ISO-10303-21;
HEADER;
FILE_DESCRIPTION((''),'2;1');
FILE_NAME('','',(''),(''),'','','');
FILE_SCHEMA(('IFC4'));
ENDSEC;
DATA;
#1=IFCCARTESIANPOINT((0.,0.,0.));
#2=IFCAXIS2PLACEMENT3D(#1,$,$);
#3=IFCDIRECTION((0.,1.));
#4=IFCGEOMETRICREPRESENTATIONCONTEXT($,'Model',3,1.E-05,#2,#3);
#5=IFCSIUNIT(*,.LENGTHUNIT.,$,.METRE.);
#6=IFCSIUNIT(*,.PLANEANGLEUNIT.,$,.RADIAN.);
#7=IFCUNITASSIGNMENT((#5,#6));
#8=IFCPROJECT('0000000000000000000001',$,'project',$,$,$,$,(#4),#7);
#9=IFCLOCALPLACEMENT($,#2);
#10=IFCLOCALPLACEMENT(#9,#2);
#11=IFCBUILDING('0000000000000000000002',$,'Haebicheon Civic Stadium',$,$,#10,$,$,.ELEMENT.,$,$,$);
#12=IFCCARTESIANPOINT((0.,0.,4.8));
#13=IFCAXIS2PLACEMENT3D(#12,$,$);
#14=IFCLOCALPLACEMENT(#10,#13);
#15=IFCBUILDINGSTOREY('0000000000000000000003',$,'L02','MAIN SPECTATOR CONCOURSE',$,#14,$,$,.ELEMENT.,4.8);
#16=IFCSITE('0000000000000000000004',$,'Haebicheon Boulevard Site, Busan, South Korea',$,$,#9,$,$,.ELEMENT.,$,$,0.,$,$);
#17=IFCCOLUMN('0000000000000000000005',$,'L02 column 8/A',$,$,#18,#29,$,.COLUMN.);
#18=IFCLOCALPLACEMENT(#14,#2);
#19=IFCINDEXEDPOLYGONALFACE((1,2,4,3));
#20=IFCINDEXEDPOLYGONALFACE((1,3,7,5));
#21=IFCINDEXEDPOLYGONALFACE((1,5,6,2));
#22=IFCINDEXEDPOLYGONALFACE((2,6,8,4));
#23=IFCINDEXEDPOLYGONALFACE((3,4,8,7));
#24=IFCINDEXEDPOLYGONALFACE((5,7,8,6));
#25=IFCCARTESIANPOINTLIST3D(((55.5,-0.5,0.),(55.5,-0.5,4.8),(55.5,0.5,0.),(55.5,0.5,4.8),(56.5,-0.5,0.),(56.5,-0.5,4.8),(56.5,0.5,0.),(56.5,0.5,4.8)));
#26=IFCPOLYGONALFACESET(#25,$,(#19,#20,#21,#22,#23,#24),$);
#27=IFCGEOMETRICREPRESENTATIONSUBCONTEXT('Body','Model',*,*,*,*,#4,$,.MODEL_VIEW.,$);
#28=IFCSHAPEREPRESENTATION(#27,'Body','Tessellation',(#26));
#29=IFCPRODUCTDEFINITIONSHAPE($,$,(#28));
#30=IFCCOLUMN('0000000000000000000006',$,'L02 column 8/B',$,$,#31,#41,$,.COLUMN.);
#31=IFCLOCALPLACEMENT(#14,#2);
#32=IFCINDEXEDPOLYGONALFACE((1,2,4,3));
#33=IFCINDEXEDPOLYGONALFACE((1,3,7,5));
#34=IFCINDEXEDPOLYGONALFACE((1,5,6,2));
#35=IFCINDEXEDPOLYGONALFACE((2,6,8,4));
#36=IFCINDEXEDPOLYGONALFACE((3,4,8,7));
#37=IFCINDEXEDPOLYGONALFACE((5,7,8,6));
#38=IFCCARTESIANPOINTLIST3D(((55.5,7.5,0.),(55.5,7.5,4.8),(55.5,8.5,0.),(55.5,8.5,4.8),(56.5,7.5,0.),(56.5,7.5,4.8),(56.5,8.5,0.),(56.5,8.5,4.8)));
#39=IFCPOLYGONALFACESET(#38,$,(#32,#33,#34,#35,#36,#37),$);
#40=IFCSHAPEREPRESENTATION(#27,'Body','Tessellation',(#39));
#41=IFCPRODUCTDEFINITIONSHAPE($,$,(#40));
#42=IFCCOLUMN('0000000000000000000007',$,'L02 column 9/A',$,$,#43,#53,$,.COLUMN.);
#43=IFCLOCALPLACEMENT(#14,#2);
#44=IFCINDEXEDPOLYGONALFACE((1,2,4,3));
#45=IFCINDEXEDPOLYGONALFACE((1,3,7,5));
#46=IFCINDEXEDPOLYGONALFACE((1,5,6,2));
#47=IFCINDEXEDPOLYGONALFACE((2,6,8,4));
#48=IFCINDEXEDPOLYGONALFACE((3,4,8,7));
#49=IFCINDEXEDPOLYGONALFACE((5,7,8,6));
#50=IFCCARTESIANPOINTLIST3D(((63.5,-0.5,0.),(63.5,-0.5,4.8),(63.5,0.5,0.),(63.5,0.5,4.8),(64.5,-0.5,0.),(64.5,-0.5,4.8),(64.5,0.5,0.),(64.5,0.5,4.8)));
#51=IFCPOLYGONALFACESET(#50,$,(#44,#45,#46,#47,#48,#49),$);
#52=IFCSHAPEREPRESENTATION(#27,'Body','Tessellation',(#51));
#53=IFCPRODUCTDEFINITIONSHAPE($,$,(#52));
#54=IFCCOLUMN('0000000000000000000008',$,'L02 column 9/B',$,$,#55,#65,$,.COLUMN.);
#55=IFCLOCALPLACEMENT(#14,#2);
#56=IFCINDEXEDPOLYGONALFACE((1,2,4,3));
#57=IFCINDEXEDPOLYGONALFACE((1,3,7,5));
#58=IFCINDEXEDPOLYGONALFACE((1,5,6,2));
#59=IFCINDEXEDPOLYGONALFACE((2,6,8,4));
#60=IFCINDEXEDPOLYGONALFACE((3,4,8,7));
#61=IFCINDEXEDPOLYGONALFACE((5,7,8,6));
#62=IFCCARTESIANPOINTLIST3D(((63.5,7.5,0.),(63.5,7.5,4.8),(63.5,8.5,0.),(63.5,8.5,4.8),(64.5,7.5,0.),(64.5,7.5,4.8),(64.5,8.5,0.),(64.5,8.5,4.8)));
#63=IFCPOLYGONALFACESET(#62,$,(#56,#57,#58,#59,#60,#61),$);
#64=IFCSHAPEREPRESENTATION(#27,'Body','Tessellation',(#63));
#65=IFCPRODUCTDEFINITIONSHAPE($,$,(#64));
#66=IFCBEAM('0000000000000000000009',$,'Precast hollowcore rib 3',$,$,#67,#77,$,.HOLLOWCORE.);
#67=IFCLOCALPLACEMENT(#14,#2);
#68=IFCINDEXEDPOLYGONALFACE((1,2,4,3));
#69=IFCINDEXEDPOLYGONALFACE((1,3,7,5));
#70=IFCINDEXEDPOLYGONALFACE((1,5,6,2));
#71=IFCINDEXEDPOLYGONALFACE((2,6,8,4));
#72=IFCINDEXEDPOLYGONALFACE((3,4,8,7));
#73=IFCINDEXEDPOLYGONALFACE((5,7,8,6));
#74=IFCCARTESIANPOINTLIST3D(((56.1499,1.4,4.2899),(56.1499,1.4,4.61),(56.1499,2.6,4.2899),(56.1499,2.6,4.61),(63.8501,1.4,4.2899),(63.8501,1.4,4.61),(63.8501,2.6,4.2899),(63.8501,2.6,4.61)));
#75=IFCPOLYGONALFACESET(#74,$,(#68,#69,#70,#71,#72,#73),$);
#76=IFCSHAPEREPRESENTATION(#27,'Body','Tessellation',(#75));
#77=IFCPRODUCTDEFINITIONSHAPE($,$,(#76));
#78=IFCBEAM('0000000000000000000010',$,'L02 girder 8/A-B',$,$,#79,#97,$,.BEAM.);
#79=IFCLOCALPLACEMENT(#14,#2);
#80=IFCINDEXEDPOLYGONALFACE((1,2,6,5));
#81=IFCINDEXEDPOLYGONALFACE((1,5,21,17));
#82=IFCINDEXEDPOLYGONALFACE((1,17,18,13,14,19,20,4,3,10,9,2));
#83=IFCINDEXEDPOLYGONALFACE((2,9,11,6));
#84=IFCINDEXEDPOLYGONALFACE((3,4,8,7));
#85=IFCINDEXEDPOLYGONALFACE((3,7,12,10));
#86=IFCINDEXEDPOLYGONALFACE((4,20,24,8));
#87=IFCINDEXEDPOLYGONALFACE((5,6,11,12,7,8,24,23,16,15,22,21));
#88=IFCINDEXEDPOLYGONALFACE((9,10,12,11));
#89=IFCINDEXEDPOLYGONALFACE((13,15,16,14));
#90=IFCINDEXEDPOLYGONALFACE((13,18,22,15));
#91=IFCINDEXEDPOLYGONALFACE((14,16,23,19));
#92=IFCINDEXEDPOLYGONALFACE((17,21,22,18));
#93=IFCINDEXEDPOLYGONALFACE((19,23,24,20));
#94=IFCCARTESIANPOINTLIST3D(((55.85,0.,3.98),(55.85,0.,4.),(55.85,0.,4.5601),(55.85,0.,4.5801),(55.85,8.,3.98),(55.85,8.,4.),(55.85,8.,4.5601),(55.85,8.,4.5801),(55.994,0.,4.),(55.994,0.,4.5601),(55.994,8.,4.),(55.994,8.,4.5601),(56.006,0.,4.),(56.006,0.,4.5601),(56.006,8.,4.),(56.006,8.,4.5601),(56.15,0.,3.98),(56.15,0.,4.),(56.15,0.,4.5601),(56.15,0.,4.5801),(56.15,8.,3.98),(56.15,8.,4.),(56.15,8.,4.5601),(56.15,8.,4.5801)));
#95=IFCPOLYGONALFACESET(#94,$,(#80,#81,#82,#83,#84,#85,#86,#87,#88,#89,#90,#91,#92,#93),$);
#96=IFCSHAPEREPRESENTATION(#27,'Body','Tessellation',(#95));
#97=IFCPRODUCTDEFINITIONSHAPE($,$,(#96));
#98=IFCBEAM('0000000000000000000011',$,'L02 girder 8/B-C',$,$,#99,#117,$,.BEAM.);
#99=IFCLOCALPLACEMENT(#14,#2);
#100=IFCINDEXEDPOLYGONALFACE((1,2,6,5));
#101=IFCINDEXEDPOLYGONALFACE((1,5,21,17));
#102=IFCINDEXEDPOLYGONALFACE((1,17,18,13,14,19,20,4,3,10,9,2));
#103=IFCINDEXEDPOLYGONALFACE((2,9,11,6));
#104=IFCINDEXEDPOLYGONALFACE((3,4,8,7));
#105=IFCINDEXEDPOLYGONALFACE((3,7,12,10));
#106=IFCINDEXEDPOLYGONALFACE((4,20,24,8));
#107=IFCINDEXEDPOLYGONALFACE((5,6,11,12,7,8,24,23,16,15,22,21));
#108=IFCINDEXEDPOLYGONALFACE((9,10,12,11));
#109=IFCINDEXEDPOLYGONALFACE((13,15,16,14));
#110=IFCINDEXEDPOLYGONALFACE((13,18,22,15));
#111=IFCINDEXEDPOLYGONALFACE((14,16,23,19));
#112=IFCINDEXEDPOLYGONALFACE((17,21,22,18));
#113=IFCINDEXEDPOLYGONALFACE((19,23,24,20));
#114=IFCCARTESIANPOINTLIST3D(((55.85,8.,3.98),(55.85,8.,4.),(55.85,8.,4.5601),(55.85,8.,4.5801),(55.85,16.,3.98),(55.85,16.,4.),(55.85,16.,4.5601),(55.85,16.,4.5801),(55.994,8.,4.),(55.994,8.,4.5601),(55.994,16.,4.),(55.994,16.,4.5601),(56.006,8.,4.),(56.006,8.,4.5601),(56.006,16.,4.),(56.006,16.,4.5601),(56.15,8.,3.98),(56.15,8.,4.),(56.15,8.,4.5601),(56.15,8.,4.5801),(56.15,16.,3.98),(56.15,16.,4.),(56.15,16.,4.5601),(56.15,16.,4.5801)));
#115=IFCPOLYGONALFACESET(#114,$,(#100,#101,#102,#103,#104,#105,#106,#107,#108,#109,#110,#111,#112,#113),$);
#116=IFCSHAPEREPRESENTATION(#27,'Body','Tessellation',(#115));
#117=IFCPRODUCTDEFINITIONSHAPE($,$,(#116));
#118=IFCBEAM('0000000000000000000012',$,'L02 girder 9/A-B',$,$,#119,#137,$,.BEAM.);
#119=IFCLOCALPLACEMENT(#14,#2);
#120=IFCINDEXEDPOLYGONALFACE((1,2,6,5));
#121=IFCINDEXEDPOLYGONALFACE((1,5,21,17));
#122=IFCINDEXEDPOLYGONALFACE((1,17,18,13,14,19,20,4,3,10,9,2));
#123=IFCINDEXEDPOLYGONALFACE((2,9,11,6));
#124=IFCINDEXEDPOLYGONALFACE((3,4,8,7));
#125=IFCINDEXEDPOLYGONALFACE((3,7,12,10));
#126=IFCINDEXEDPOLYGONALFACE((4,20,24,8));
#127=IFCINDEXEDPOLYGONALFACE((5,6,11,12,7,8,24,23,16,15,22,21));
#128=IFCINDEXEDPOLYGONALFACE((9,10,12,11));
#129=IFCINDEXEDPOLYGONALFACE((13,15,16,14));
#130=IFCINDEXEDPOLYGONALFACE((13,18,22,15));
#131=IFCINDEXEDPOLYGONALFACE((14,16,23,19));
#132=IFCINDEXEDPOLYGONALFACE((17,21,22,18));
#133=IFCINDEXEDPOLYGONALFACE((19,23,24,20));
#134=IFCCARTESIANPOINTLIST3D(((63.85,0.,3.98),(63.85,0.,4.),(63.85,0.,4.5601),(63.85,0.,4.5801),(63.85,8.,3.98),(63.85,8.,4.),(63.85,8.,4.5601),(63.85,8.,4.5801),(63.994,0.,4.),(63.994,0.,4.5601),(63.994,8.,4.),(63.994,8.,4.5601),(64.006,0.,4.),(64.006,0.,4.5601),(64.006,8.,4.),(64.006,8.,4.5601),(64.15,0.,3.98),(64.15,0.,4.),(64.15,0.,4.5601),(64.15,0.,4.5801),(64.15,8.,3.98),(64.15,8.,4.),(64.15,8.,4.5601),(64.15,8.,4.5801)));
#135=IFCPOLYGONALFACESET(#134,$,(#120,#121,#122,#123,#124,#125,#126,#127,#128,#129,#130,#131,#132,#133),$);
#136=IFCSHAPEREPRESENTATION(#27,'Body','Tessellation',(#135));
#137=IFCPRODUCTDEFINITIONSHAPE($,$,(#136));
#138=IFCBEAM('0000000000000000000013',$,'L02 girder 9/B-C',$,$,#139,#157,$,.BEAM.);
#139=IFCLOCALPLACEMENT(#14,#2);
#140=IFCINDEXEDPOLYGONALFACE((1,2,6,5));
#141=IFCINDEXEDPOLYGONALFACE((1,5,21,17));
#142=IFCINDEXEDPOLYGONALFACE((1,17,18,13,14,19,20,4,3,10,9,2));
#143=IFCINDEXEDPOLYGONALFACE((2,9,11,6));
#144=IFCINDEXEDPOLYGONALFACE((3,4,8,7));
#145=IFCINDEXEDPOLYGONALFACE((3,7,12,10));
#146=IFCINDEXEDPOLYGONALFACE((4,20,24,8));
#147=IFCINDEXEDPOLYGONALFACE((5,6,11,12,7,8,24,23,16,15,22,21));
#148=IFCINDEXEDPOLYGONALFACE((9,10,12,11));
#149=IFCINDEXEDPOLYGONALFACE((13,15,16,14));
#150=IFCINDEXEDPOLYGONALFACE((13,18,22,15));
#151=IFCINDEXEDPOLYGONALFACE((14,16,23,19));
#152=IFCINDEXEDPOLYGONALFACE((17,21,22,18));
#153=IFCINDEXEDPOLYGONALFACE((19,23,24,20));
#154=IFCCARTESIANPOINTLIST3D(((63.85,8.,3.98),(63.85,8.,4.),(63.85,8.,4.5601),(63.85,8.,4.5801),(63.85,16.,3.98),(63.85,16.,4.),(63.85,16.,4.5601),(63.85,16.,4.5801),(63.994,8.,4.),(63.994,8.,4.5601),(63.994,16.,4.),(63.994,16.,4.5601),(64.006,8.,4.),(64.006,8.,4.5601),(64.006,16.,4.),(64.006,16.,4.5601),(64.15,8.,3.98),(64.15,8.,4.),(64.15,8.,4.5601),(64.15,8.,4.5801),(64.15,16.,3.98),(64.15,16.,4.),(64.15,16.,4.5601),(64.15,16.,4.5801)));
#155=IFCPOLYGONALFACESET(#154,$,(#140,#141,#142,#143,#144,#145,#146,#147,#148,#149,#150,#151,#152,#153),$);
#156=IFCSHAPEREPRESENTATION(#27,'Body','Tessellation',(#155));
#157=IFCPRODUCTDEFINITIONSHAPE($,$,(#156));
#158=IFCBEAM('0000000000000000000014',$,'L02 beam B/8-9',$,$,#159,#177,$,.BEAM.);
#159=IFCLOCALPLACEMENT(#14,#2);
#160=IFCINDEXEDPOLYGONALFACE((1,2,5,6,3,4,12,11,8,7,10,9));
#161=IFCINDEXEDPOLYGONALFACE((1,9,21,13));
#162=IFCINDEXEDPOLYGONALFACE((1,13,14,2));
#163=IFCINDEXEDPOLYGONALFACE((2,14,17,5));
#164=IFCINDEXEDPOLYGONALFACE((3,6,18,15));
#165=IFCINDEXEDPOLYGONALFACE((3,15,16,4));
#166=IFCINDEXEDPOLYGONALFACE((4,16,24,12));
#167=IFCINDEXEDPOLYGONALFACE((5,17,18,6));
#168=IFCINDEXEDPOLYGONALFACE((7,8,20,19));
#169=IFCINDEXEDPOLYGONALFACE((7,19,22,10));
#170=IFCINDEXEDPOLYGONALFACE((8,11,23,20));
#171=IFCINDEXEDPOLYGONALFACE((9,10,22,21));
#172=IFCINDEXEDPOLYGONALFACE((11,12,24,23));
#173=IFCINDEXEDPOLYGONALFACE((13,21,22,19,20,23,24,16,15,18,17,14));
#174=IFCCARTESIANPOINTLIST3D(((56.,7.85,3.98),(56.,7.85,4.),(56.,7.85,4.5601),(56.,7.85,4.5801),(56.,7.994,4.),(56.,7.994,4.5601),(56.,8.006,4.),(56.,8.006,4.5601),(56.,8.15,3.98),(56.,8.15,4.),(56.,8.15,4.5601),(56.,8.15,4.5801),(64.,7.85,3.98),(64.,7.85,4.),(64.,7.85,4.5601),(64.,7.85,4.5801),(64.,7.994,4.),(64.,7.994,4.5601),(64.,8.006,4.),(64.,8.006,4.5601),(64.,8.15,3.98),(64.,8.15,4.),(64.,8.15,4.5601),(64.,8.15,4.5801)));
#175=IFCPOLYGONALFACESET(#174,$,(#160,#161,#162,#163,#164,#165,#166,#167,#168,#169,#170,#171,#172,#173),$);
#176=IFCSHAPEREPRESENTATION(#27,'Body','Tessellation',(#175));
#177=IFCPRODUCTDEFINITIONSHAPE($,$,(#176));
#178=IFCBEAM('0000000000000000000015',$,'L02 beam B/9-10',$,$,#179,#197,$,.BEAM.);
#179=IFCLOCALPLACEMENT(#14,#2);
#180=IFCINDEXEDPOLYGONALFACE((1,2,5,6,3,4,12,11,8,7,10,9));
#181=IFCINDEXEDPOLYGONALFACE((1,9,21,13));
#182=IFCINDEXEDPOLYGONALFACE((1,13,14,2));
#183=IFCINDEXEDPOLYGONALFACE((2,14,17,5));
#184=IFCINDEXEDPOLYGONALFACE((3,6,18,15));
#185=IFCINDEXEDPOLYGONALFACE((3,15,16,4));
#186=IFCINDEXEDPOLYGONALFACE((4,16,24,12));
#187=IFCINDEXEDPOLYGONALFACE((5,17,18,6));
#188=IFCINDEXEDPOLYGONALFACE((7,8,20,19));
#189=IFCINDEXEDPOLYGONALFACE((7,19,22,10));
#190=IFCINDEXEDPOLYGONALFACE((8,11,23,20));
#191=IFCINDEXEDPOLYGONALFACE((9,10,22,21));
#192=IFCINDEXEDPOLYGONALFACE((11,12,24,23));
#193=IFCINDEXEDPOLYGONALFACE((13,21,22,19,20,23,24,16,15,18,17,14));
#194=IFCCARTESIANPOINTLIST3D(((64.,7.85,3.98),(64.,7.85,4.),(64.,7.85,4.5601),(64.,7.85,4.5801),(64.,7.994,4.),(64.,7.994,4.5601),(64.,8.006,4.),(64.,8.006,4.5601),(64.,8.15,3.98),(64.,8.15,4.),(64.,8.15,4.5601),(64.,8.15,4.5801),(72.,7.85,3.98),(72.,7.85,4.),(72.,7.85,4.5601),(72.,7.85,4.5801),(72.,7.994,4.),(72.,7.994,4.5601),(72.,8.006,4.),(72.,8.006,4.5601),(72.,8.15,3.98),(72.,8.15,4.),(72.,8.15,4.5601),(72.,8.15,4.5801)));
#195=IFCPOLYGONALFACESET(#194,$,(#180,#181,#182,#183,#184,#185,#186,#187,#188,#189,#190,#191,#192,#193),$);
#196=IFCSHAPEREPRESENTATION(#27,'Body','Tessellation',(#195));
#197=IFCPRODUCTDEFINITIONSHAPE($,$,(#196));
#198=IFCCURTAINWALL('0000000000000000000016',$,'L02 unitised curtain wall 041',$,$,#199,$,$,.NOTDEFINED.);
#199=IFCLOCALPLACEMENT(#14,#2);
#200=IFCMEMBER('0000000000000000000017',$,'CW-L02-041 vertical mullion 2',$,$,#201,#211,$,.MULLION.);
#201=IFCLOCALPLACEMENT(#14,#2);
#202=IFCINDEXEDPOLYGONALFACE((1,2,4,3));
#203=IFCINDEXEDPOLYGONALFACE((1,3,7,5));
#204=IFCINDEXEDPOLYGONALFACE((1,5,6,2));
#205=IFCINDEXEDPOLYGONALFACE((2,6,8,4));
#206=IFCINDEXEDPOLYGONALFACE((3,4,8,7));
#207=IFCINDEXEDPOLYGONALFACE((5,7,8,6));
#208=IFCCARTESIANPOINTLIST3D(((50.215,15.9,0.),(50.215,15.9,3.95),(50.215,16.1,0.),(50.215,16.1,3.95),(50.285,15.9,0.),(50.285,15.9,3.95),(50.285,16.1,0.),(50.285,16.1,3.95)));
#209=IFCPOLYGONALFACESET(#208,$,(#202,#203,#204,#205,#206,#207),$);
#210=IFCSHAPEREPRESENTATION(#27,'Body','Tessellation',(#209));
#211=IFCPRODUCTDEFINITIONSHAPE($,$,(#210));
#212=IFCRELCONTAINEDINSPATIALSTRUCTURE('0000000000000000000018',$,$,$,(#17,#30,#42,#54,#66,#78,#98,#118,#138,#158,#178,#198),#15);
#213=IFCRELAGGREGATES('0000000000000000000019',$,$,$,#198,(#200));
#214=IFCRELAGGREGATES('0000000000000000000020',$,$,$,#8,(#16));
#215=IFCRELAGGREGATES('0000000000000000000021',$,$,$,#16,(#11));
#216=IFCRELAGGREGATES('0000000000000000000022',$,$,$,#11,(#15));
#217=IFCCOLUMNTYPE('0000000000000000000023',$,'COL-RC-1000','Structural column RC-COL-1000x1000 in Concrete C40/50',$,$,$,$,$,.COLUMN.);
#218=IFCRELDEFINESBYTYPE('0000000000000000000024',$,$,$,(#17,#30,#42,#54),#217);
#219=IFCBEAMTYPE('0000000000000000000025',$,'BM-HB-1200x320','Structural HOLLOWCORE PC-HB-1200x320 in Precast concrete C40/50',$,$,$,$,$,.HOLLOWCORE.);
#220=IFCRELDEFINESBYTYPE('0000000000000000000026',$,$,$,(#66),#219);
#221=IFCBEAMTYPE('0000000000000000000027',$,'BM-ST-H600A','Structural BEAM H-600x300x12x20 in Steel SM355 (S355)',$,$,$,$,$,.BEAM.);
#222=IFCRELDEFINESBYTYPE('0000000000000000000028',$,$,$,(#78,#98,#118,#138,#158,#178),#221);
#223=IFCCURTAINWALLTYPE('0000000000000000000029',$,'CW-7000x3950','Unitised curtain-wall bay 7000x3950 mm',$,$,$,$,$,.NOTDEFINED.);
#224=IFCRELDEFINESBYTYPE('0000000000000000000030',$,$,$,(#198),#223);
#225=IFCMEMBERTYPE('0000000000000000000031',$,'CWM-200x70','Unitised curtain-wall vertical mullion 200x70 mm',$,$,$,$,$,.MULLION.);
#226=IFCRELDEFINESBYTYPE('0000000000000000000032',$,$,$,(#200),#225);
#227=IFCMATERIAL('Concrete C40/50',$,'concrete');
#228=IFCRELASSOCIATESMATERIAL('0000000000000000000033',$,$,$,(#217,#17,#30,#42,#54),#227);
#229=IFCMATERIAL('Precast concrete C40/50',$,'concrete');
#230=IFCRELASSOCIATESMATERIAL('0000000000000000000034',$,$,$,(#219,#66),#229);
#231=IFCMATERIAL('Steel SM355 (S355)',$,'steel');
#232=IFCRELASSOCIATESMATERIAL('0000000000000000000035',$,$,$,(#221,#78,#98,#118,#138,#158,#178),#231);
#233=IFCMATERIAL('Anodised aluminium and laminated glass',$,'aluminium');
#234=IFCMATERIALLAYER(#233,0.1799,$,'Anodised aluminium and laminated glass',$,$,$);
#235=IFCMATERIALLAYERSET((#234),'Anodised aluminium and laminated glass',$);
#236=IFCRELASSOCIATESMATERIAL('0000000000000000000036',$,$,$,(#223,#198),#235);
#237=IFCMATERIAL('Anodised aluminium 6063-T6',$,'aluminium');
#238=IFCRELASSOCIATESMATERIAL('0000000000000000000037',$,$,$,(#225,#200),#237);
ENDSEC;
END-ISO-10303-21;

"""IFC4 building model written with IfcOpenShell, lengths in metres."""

from ifc_helpers import new_model, si_unit, direction, frame, origin, origin_2d, place, context, subcontext, project, spatial, rectangle, i_section, extrude, material, layer, layer_set, material_profile, profile_set, type_object, element, aggregate, save


model = new_model("IFC4")

# Units and contexts
model_context = context("Model", 3, precision=1e-05, world=origin(), true_north=direction((0.0, 1.0)))
body_context = subcontext(model_context, "Body", "Model", "MODEL_VIEW")
ifc_project = project(units=[si_unit("LENGTHUNIT", "METRE"), si_unit("PLANEANGLEUNIT", "RADIAN")], contexts=[model_context])

# Site, building, storey
site_placement = place(None, origin())
site = spatial("IfcSite", under=ifc_project, at=site_placement, Name="Haebicheon Boulevard Site, Busan, South Korea", CompositionType="ELEMENT", RefElevation=0.0)
building_placement = place(site_placement, origin())
building = spatial("IfcBuilding", under=site, at=building_placement, Name="Haebicheon Civic Stadium", CompositionType="ELEMENT")
storey_placement = place(building_placement, frame((0.0, 0.0, 4.8)))
storey = spatial("IfcBuildingStorey", under=building, at=storey_placement, Name="L02", Description="MAIN SPECTATOR CONCOURSE", CompositionType="ELEMENT", Elevation=4.8)

# Columns
ifc_material_1 = material(Name="Concrete C40/50", Category="concrete")
ifc_material_profile_1 = material_profile(ifc_material_1, rectangle(XDim=1.0, YDim=1.0, at=origin_2d()), Name="RC-COL-1000x1000")
ifc_profile_set_1 = profile_set([ifc_material_profile_1], Name="Concrete C40/50")
column_type = type_object("IfcColumnType", Name="COL-RC-1000", Description="Structural column RC-COL-1000x1000 in Concrete C40/50", PredefinedType="COLUMN", material=ifc_profile_set_1)
for number, where, z_axis, x_axis, name in (
    (1, (56.0, 0.0, 0.0), (0.0, 0.0, 1.0), (1.0, 0.0, 0.0), "L02 column 8/A"),
    (2, (56.0, 8.0, 0.0), (0.0, 0.0, 1.0), (1.0, 0.0, 0.0), "L02 column 8/B"),
    (3, (64.0, 0.0, 0.0), (0.0, 0.0, 1.0), (1.0, 0.0, 0.0), "L02 column 9/A"),
    (4, (64.0, 8.0, 0.0), (0.0, 0.0, 1.0), (1.0, 0.0, 0.0), "L02 column 9/B"),
):
    element("IfcColumn", number, at=place(storey_placement, frame(where, z_axis=z_axis, x_axis=x_axis)), inside=storey, type_object=column_type, material=ifc_profile_set_1, Name=name, PredefinedType="COLUMN", context=body_context, shape_type="SweptSolid", body=[
        extrude(rectangle(XDim=1.0, YDim=1.0, at=origin_2d()), origin(), (0.0, 0.0, 1.0), 4.8),
    ])

# Beams
ifc_material_2 = material(Name="Precast concrete C40/50", Category="concrete")
ifc_material_profile_2 = material_profile(ifc_material_2, rectangle(XDim=1.2, YDim=0.3201, at=origin_2d()), Name="PC-HB-1200x320")
ifc_profile_set_2 = profile_set([ifc_material_profile_2], Name="Precast concrete C40/50")
beam_type_1 = type_object("IfcBeamType", Name="BM-HB-1200x320", Description="Structural HOLLOWCORE PC-HB-1200x320 in Precast concrete C40/50", PredefinedType="HOLLOWCORE", material=ifc_profile_set_2)
beam_placement = place(storey_placement, frame((56.1499, 2.0, 4.45), z_axis=(1.0, 0.0, 0.0), x_axis=(0.0, 1.0, 0.0)))
element("IfcBeam", 5, at=beam_placement, inside=storey, type_object=beam_type_1, material=ifc_profile_set_2, Name="Precast hollowcore rib 3", PredefinedType="HOLLOWCORE", context=body_context, shape_type="SweptSolid", body=[
    extrude(rectangle(XDim=1.2, YDim=0.3201, at=origin_2d()), origin(), (0.0, 0.0, 1.0), 7.7002),
])
ifc_material_3 = material(Name="Steel SM355 (S355)", Category="steel")
ifc_material_profile_3 = material_profile(ifc_material_3, i_section(OverallWidth=0.3, OverallDepth=0.6001, WebThickness=0.012, FlangeThickness=0.02, at=origin_2d()), Name="H-600x300x12x20")
ifc_profile_set_3 = profile_set([ifc_material_profile_3], Name="Steel SM355 (S355)")
beam_type_2 = type_object("IfcBeamType", Name="BM-ST-H600A", Description="Structural BEAM H-600x300x12x20 in Steel SM355 (S355)", PredefinedType="BEAM", material=ifc_profile_set_3)
for number, where, z_axis, x_axis, name in (
    (6, (56.0, 0.0, 4.28), (0.0, 1.0, 0.0), (-1.0, 0.0, 0.0), "L02 girder 8/A-B"),
    (7, (56.0, 8.0, 4.28), (0.0, 1.0, 0.0), (-1.0, 0.0, 0.0), "L02 girder 8/B-C"),
    (8, (64.0, 0.0, 4.28), (0.0, 1.0, 0.0), (-1.0, 0.0, 0.0), "L02 girder 9/A-B"),
    (9, (64.0, 8.0, 4.28), (0.0, 1.0, 0.0), (-1.0, 0.0, 0.0), "L02 girder 9/B-C"),
    (10, (56.0, 8.0, 4.28), (1.0, 0.0, 0.0), (0.0, 1.0, 0.0), "L02 beam B/8-9"),
    (11, (64.0, 8.0, 4.28), (1.0, 0.0, 0.0), (0.0, 1.0, 0.0), "L02 beam B/9-10"),
):
    element("IfcBeam", number, at=place(storey_placement, frame(where, z_axis=z_axis, x_axis=x_axis)), inside=storey, type_object=beam_type_2, material=ifc_profile_set_3, Name=name, PredefinedType="BEAM", context=body_context, shape_type="SweptSolid", body=[
        extrude(i_section(OverallWidth=0.3, OverallDepth=0.6001, WebThickness=0.012, FlangeThickness=0.02, at=origin_2d()), origin(), (0.0, 0.0, 1.0), 8.0),
    ])

# Curtain wall, member
ifc_material_4 = material(Name="Anodised aluminium and laminated glass", Category="aluminium")
ifc_layer_1 = layer(ifc_material_4, 0.1799, Name="Anodised aluminium and laminated glass")
ifc_layer_set_1 = layer_set([ifc_layer_1], Name="Anodised aluminium and laminated glass")
curtain_wall_type = type_object("IfcCurtainWallType", Name="CW-7000x3950", Description="Unitised curtain-wall bay 7000x3950 mm", PredefinedType="NOTDEFINED", material=ifc_layer_set_1)
curtain_wall_placement = place(storey_placement, origin())
curtain_wall = element("IfcCurtainWall", 12, at=curtain_wall_placement, inside=storey, type_object=curtain_wall_type, material=ifc_layer_set_1, Name="L02 unitised curtain wall 041", PredefinedType="NOTDEFINED")
ifc_material_5 = material(Name="Anodised aluminium 6063-T6", Category="aluminium")
ifc_material_profile_4 = material_profile(ifc_material_5, rectangle(XDim=0.0701, YDim=0.2, at=origin_2d()), Name="ALU-MULL-70x200")
ifc_profile_set_4 = profile_set([ifc_material_profile_4], Name="Anodised aluminium 6063-T6")
member_type_1 = type_object("IfcMemberType", Name="CWM-200x70", Description="Unitised curtain-wall vertical mullion 200x70 mm", PredefinedType="MULLION", material=ifc_profile_set_4)
member_1_placement = place(storey_placement, frame((50.25, 16.0, 0.0), z_axis=(0.0, 0.0, 1.0), x_axis=(1.0, 0.0, 0.0)))
member_1 = element("IfcMember", 13, at=member_1_placement, type_object=member_type_1, material=ifc_profile_set_4, Name="CW-L02-041 vertical mullion 2", PredefinedType="MULLION", context=body_context, shape_type="SweptSolid", body=[
    extrude(rectangle(XDim=0.0701, YDim=0.2, at=origin_2d()), origin(), (0.0, 0.0, 1.0), 3.95),
])

aggregate(curtain_wall, [member_1])

save(model, "model.ifc")
